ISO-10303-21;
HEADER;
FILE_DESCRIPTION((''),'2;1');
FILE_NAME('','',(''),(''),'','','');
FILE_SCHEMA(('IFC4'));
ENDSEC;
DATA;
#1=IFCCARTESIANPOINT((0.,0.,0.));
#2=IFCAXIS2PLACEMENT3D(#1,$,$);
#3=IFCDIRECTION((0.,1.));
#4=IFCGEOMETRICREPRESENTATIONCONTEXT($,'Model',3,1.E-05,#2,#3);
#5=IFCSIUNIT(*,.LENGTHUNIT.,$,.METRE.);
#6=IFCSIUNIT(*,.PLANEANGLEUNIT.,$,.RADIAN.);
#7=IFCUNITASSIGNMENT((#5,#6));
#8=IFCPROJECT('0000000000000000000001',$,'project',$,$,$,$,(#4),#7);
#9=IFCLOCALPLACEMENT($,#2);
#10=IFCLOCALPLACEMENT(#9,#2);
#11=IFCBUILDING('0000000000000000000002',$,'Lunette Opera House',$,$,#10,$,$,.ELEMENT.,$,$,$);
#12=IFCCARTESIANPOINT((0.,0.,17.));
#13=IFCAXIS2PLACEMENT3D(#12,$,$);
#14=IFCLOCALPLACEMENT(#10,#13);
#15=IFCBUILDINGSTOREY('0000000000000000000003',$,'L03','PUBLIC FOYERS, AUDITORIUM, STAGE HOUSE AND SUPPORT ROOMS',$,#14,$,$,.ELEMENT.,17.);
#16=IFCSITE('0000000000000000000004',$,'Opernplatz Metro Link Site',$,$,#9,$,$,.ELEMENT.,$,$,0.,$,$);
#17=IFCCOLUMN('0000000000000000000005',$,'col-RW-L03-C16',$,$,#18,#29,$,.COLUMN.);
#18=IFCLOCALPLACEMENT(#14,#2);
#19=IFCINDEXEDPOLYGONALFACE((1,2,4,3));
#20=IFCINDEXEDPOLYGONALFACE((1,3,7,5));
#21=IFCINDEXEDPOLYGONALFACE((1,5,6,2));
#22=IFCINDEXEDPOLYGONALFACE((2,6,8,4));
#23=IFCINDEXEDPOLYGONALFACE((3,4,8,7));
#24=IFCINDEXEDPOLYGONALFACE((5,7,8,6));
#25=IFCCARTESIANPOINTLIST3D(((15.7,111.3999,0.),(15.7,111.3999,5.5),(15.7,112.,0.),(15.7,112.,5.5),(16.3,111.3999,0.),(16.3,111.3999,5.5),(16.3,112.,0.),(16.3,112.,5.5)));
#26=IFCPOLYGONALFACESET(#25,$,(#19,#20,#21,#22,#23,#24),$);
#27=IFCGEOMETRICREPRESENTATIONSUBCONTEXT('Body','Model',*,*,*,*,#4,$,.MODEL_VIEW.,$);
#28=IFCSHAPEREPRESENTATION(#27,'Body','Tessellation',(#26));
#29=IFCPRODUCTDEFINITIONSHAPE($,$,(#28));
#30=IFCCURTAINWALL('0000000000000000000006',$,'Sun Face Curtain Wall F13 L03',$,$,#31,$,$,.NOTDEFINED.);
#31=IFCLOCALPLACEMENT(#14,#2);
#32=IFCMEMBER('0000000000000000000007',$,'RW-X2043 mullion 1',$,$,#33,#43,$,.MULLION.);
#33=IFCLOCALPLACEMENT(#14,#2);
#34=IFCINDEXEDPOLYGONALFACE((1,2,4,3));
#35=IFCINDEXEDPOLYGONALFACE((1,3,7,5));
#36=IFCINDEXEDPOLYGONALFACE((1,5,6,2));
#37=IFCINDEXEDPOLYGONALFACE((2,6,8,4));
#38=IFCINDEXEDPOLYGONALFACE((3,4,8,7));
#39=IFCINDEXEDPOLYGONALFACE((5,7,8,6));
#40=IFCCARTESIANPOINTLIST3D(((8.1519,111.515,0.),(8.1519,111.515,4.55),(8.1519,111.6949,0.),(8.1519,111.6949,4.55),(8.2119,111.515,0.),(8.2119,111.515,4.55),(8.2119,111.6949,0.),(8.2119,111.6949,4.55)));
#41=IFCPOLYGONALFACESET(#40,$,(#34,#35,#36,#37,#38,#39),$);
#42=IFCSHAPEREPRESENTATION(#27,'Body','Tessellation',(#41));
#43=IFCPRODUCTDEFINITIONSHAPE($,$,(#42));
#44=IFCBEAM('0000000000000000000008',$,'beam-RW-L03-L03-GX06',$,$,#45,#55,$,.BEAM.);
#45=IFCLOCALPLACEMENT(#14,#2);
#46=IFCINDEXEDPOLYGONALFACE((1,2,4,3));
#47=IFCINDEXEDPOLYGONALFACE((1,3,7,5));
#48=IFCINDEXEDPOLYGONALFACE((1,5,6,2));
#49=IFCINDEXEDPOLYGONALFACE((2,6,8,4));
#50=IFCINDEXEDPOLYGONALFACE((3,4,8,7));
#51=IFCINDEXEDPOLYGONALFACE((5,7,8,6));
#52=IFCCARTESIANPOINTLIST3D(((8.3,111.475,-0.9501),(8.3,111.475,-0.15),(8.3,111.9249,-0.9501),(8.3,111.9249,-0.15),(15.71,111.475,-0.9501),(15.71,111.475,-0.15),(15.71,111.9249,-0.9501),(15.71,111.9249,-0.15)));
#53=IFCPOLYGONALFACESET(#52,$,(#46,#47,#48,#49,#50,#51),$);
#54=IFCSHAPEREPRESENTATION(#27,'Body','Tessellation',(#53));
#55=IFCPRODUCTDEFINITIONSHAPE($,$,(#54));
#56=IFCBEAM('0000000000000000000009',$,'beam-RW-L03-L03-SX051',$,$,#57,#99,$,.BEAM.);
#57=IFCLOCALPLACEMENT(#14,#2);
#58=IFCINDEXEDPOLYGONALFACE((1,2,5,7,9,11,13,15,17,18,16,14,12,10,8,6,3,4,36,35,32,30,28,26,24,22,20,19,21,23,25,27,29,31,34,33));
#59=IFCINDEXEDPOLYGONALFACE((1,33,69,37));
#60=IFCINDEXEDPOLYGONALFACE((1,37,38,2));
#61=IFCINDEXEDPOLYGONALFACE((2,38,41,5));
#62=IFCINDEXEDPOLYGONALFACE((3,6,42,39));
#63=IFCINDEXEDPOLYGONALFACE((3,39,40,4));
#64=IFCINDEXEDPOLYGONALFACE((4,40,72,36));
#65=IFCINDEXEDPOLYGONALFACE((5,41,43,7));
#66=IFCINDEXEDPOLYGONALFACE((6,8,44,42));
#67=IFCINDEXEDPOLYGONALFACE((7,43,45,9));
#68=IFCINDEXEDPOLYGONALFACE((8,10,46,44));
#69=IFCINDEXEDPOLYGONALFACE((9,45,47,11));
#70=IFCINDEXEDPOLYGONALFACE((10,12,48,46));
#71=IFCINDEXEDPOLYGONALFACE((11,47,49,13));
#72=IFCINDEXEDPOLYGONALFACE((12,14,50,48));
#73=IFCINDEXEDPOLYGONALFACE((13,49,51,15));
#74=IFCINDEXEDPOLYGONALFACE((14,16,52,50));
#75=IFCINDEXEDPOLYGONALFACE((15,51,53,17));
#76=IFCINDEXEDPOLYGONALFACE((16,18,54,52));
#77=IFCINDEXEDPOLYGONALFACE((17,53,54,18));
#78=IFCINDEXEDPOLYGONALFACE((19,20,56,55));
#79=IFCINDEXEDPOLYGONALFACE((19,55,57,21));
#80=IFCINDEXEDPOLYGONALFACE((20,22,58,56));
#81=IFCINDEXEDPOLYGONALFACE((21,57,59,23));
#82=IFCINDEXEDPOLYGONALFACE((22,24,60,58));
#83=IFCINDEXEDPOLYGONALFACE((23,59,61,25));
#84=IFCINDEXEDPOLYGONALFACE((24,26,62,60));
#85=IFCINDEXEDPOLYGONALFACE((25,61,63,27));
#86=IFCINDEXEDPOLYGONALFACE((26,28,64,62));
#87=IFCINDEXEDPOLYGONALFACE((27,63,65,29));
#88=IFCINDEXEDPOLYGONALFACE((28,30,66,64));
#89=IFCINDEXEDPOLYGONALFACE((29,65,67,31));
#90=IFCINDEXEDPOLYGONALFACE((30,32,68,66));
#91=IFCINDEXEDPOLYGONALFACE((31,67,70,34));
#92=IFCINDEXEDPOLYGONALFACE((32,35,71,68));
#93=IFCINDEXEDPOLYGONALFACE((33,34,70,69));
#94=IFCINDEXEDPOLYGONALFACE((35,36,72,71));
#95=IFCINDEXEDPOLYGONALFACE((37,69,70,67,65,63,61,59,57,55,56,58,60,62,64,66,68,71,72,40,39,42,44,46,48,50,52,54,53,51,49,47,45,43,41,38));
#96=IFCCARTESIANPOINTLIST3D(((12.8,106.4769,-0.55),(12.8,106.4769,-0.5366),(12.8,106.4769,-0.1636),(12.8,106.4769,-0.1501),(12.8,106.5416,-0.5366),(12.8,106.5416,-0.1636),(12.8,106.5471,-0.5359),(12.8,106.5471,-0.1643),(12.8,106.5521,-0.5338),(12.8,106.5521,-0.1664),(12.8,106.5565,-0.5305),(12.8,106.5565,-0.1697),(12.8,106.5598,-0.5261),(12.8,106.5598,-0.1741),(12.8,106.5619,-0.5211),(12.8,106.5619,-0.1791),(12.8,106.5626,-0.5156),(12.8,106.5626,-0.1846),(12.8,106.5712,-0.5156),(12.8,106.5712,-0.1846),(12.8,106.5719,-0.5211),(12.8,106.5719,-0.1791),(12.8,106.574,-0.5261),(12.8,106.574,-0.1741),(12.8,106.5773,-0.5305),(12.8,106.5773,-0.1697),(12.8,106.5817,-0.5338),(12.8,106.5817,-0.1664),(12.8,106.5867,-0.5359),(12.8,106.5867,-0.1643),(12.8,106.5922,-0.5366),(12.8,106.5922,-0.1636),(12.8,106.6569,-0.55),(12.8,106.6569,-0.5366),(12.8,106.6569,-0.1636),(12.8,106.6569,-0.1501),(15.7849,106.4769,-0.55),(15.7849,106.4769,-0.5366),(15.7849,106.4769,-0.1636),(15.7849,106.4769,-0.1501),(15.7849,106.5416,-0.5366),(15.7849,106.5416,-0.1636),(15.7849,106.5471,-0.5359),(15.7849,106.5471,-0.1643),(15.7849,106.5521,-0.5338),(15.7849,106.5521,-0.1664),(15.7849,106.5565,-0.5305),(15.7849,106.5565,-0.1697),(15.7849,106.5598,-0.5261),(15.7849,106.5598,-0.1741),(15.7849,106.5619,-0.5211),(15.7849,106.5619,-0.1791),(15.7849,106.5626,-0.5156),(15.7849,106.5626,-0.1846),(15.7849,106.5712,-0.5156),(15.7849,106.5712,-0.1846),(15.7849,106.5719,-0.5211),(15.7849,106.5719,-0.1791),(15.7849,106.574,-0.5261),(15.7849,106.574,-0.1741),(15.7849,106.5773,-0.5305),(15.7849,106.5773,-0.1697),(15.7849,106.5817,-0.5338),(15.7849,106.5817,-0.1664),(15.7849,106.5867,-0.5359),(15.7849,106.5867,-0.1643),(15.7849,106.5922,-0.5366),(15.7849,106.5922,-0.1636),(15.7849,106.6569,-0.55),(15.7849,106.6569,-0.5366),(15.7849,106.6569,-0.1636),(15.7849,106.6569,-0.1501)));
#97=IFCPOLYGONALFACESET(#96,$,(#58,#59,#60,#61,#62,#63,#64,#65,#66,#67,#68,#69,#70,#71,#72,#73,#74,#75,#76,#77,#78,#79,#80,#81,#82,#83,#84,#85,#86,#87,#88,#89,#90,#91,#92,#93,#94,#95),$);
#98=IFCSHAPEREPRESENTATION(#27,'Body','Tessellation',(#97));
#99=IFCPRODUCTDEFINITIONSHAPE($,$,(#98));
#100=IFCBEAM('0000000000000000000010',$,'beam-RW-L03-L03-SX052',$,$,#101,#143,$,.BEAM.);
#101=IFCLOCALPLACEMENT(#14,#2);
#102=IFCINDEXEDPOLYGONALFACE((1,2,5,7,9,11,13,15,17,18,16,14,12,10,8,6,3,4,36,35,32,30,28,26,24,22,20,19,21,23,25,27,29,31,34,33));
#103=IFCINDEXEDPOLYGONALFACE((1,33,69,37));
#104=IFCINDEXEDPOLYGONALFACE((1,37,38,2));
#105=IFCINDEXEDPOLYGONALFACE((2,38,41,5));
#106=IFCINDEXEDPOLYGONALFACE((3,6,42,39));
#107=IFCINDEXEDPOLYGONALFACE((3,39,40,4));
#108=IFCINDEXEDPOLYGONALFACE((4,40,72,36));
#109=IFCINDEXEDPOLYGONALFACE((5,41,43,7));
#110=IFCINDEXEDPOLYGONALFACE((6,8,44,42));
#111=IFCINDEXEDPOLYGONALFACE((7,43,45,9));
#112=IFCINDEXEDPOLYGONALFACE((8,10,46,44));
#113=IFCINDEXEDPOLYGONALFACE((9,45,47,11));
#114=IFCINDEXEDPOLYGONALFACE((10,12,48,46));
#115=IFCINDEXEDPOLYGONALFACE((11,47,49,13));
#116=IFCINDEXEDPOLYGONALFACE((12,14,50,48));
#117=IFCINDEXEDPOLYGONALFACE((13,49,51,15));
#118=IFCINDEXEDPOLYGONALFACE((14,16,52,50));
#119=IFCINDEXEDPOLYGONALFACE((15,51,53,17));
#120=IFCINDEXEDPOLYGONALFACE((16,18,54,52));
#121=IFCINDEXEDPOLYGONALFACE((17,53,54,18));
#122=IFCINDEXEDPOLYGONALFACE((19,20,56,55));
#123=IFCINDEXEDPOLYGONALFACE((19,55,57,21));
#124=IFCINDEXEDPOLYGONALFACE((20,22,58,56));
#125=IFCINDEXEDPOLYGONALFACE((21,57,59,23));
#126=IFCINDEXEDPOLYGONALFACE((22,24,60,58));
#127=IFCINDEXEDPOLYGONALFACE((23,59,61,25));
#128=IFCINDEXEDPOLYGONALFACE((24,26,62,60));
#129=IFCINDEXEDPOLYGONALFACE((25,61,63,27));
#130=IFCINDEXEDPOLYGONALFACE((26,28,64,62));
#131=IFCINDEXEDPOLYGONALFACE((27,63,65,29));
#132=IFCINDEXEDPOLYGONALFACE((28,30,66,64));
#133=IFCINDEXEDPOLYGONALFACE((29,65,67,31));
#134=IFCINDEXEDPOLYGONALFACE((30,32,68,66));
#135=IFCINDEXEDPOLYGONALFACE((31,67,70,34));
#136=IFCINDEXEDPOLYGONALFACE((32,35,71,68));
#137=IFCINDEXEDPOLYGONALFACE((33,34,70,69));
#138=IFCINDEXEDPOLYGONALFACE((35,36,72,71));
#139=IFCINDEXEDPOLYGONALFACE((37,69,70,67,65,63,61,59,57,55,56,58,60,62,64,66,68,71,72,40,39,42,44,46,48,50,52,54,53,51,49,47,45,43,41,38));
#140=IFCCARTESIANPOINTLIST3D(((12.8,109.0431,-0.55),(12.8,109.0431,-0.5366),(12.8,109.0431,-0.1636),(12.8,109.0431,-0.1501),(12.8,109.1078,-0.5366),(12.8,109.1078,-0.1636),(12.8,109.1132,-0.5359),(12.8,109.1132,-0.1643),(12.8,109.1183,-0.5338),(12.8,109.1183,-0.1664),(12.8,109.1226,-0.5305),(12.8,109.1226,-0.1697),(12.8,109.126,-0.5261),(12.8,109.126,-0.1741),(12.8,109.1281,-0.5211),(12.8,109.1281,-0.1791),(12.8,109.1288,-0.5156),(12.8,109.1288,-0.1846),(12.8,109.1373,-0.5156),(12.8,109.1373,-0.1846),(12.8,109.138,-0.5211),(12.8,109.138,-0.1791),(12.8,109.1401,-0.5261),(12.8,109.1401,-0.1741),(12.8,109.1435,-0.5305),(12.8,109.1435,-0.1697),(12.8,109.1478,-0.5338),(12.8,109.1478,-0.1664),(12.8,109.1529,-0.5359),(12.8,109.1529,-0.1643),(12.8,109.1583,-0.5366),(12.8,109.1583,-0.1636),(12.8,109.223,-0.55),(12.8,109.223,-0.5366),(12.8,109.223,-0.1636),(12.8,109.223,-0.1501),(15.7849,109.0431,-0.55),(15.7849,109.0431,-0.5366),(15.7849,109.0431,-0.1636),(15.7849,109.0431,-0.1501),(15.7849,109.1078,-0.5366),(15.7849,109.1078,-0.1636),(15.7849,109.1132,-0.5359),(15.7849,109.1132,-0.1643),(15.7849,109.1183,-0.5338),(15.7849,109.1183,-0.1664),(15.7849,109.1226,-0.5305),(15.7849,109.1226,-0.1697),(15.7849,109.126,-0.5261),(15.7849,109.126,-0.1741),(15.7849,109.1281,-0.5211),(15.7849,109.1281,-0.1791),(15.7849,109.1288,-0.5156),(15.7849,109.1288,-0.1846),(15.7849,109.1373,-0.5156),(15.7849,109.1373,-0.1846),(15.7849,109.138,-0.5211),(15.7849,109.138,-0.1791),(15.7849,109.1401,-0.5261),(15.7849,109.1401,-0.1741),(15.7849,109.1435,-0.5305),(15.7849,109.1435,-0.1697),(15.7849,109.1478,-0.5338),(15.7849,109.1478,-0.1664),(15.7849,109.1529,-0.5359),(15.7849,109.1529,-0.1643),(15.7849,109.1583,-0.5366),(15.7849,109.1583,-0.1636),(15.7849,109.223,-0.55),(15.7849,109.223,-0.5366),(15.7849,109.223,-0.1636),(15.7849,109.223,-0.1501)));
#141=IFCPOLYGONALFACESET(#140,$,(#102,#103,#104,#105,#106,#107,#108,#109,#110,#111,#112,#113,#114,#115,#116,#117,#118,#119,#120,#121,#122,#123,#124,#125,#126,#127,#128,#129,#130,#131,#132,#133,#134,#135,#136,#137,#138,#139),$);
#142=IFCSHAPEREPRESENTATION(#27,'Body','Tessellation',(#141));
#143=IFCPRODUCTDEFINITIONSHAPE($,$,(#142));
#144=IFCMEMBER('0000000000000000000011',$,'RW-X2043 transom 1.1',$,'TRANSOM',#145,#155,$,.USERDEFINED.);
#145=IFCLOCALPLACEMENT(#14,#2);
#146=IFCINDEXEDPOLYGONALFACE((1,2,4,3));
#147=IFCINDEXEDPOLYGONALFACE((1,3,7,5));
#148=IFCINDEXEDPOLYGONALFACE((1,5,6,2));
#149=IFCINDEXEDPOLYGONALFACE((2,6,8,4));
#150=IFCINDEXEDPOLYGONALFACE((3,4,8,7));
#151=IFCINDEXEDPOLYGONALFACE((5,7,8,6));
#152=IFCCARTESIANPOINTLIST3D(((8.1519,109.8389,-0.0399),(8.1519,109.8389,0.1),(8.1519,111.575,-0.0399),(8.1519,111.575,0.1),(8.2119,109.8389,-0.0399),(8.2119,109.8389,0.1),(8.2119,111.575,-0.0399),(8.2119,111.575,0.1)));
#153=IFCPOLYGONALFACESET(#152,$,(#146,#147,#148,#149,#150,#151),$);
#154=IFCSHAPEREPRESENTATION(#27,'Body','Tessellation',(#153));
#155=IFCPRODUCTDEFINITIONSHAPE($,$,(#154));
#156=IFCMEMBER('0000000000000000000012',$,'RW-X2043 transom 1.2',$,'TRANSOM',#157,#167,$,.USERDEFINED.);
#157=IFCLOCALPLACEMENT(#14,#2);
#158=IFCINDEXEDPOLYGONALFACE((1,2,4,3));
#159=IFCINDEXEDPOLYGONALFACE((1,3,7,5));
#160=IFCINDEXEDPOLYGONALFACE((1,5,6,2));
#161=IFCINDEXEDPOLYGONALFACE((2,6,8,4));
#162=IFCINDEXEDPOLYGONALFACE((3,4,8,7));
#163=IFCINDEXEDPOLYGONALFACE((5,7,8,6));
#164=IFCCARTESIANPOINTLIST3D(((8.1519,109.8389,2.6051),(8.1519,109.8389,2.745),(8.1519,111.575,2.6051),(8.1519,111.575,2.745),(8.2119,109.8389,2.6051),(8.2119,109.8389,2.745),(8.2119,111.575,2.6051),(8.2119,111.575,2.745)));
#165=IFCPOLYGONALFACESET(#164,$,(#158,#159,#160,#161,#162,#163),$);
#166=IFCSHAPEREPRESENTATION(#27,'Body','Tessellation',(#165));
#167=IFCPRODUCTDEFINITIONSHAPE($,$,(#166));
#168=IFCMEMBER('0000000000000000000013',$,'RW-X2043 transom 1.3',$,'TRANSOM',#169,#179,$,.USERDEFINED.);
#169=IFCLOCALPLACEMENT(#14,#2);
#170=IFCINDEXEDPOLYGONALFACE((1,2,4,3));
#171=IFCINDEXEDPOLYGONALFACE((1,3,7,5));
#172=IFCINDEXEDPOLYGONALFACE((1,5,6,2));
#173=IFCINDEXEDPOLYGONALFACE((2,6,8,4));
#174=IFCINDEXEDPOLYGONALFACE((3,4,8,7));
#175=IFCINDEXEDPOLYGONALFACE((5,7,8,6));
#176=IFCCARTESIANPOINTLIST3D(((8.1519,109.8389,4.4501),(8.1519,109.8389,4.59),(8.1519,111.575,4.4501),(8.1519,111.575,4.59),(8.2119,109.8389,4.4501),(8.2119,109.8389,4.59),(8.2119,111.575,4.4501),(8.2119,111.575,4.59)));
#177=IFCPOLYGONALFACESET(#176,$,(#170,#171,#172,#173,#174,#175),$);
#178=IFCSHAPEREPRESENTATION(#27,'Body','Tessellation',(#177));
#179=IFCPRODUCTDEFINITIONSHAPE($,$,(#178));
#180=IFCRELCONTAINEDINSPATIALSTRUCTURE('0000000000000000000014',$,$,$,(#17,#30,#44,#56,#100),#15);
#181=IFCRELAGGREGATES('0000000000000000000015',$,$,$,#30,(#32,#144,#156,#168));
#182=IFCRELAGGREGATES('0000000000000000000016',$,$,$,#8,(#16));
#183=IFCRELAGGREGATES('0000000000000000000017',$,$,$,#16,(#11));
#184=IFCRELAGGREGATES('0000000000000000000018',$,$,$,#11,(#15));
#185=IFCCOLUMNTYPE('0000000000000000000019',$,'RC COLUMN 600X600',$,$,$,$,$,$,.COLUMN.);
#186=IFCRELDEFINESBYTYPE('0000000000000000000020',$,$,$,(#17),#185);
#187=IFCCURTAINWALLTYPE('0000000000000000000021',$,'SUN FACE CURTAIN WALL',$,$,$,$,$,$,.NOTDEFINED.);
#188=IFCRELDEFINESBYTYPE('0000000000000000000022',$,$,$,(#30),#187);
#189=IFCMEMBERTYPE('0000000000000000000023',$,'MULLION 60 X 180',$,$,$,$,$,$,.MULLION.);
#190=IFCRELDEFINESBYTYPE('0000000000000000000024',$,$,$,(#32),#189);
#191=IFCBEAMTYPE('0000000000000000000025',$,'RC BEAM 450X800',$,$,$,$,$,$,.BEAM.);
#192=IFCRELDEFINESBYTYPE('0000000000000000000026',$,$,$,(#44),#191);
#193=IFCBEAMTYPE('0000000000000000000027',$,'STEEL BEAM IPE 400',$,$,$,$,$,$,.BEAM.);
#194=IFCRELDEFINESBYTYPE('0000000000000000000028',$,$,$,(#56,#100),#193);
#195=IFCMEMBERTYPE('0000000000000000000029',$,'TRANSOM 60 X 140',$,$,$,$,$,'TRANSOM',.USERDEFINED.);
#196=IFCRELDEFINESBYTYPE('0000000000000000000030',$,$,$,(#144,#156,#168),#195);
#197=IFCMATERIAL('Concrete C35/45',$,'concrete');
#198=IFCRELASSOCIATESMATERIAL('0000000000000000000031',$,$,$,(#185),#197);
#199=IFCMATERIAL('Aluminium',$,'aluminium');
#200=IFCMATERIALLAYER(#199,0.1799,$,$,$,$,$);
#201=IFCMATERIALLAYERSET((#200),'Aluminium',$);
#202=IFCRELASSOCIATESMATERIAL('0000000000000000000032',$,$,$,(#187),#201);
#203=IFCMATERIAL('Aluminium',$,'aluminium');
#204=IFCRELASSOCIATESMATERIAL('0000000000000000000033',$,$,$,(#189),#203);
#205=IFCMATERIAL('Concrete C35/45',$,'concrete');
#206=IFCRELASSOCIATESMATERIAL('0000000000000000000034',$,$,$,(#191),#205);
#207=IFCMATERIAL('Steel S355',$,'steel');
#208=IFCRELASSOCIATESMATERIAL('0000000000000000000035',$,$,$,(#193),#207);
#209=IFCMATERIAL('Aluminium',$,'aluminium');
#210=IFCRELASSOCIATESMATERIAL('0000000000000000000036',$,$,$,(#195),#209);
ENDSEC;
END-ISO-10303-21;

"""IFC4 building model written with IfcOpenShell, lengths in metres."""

from ifc_helpers import new_model, si_unit, direction, frame, origin, origin_2d, place, context, subcontext, project, spatial, rectangle, i_section, extrude, material, layer, layer_set, material_profile, profile_set, type_object, element, aggregate, save


model = new_model("IFC4")

# Units and contexts
model_context = context("Model", 3, precision=1e-05, world=origin(), true_north=direction((0.0, 1.0)))
body_context = subcontext(model_context, "Body", "Model", "MODEL_VIEW")
ifc_project = project(units=[si_unit("LENGTHUNIT", "METRE"), si_unit("PLANEANGLEUNIT", "RADIAN")], contexts=[model_context])

# Site, building, storey
site_placement = place(None, origin())
site = spatial("IfcSite", under=ifc_project, at=site_placement, Name="Opernplatz Metro Link Site", CompositionType="ELEMENT", RefElevation=0.0)
building_placement = place(site_placement, origin())
building = spatial("IfcBuilding", under=site, at=building_placement, Name="Lunette Opera House", CompositionType="ELEMENT")
storey_placement = place(building_placement, frame((0.0, 0.0, 17.0)))
storey = spatial("IfcBuildingStorey", under=building, at=storey_placement, Name="L03", Description="PUBLIC FOYERS, AUDITORIUM, STAGE HOUSE AND SUPPORT ROOMS", CompositionType="ELEMENT", Elevation=17.0)

# Column
ifc_material_1 = material(Name="Concrete C35/45", Category="concrete")
ifc_material_profile_1 = material_profile(ifc_material_1, rectangle(XDim=0.6001, YDim=0.6001, at=origin_2d()), Name="RC COLUMN 600X600")
ifc_profile_set_1 = profile_set([ifc_material_profile_1], Name="Concrete C35/45")
column_type = type_object("IfcColumnType", Name="RC COLUMN 600X600", PredefinedType="COLUMN", material=ifc_profile_set_1)
column_placement = place(storey_placement, frame((16.0, 111.7, 0.0), z_axis=(0.0, 0.0, 1.0), x_axis=(1.0, 0.0, 0.0)))
element("IfcColumn", 1, at=column_placement, inside=storey, type_object=column_type, Name="col-RW-L03-C16", PredefinedType="COLUMN", context=body_context, shape_type="SweptSolid", body=[
    extrude(rectangle(XDim=0.6001, YDim=0.6001, at=origin_2d()), origin(), (0.0, 0.0, 1.0), 5.5),
])

# Curtain wall, member
ifc_material_2 = material(Name="Aluminium", Category="aluminium")
ifc_layer_1 = layer(ifc_material_2, 0.1799)
ifc_layer_set_1 = layer_set([ifc_layer_1], Name="Aluminium")
curtain_wall_type = type_object("IfcCurtainWallType", Name="SUN FACE CURTAIN WALL", PredefinedType="NOTDEFINED", material=ifc_layer_set_1)
curtain_wall_placement = place(storey_placement, origin())
curtain_wall = element("IfcCurtainWall", 2, at=curtain_wall_placement, inside=storey, type_object=curtain_wall_type, Name="Sun Face Curtain Wall F13 L03", PredefinedType="NOTDEFINED")
ifc_material_3 = material(Name="Aluminium", Category="aluminium")
ifc_material_profile_2 = material_profile(ifc_material_3, rectangle(XDim=0.0601, YDim=0.1799, at=origin_2d()), Name="MULLION 60 X 180")
ifc_profile_set_2 = profile_set([ifc_material_profile_2], Name="Aluminium")
member_type_1 = type_object("IfcMemberType", Name="MULLION 60 X 180", PredefinedType="MULLION", material=ifc_profile_set_2)
member_1_placement = place(storey_placement, frame((8.1819, 111.605, 0.0), z_axis=(0.0, 0.0, 1.0), x_axis=(1.0, 0.0, 0.0)))
member_1 = element("IfcMember", 3, at=member_1_placement, type_object=member_type_1, Name="RW-X2043 mullion 1", PredefinedType="MULLION", context=body_context, shape_type="SweptSolid", body=[
    extrude(rectangle(XDim=0.0601, YDim=0.1799, at=origin_2d()), origin(), (0.0, 0.0, 1.0), 4.55),
])

# Beams
ifc_material_4 = material(Name="Concrete C35/45", Category="concrete")
ifc_material_profile_3 = material_profile(ifc_material_4, rectangle(XDim=0.45, YDim=0.8, at=origin_2d()), Name="RC BEAM 450X800")
ifc_profile_set_3 = profile_set([ifc_material_profile_3], Name="Concrete C35/45")
beam_type_1 = type_object("IfcBeamType", Name="RC BEAM 450X800", PredefinedType="BEAM", material=ifc_profile_set_3)
beam_placement = place(storey_placement, frame((8.3, 111.7, -0.55), z_axis=(1.0, 0.0, 0.0), x_axis=(0.0, 1.0, 0.0)))
element("IfcBeam", 4, at=beam_placement, inside=storey, type_object=beam_type_1, Name="beam-RW-L03-L03-GX06", PredefinedType="BEAM", context=body_context, shape_type="SweptSolid", body=[
    extrude(rectangle(XDim=0.45, YDim=0.8, at=origin_2d()), origin(), (0.0, 0.0, 1.0), 7.4099),
])
ifc_material_5 = material(Name="Steel S355", Category="steel")
ifc_material_profile_4 = material_profile(ifc_material_5, i_section(OverallWidth=0.1799, OverallDepth=0.3999, WebThickness=0.0085, FlangeThickness=0.0134, FilletRadius=0.021, at=origin_2d()), Name="IPE 400")
ifc_profile_set_4 = profile_set([ifc_material_profile_4], Name="Steel S355")
beam_type_2 = type_object("IfcBeamType", Name="STEEL BEAM IPE 400", PredefinedType="BEAM", material=ifc_profile_set_4)
for number, where, z_axis, x_axis, name in (
    (5, (12.8, 106.5669, -0.3501), (1.0, 0.0, 0.0), (0.0, 1.0, 0.0), "beam-RW-L03-L03-SX051"),
    (6, (12.8, 109.1331, -0.3501), (1.0, 0.0, 0.0), (0.0, 1.0, 0.0), "beam-RW-L03-L03-SX052"),
):
    element("IfcBeam", number, at=place(storey_placement, frame(where, z_axis=z_axis, x_axis=x_axis)), inside=storey, type_object=beam_type_2, Name=name, PredefinedType="BEAM", context=body_context, shape_type="SweptSolid", body=[
        extrude(i_section(OverallWidth=0.1799, OverallDepth=0.3999, WebThickness=0.0085, FlangeThickness=0.0134, FilletRadius=0.021, at=origin_2d()), origin(), (0.0, 0.0, 1.0), 2.9849),
    ])

# Members
ifc_material_6 = material(Name="Aluminium", Category="aluminium")
ifc_material_profile_5 = material_profile(ifc_material_6, rectangle(XDim=0.0601, YDim=0.1399, at=origin_2d()), Name="TRANSOM 60 X 140")
ifc_profile_set_5 = profile_set([ifc_material_profile_5], Name="Aluminium")
member_type_2 = type_object("IfcMemberType", Name="TRANSOM 60 X 140", ElementType="TRANSOM", PredefinedType="USERDEFINED", material=ifc_profile_set_5)
member_2_placement = place(storey_placement, frame((8.1819, 111.575, 0.03), z_axis=(0.0, -1.0, 0.0), x_axis=(1.0, 0.0, 0.0)))
member_2 = element("IfcMember", 7, at=member_2_placement, type_object=member_type_2, Name="RW-X2043 transom 1.1", ObjectType="TRANSOM", PredefinedType="USERDEFINED", context=body_context, shape_type="SweptSolid", body=[
    extrude(rectangle(XDim=0.0601, YDim=0.1399, at=origin_2d()), origin(), (0.0, 0.0, 1.0), 1.7361),
])
member_3_placement = place(storey_placement, frame((8.1819, 111.575, 2.675), z_axis=(0.0, -1.0, 0.0), x_axis=(1.0, 0.0, 0.0)))
member_3 = element("IfcMember", 8, at=member_3_placement, type_object=member_type_2, Name="RW-X2043 transom 1.2", ObjectType="TRANSOM", PredefinedType="USERDEFINED", context=body_context, shape_type="SweptSolid", body=[
    extrude(rectangle(XDim=0.0601, YDim=0.1399, at=origin_2d()), origin(), (0.0, 0.0, 1.0), 1.7361),
])
member_4_placement = place(storey_placement, frame((8.1819, 111.575, 4.52), z_axis=(0.0, -1.0, 0.0), x_axis=(1.0, 0.0, 0.0)))
member_4 = element("IfcMember", 9, at=member_4_placement, type_object=member_type_2, Name="RW-X2043 transom 1.3", ObjectType="TRANSOM", PredefinedType="USERDEFINED", context=body_context, shape_type="SweptSolid", body=[
    extrude(rectangle(XDim=0.0601, YDim=0.1399, at=origin_2d()), origin(), (0.0, 0.0, 1.0), 1.7361),
])
aggregate(curtain_wall, [member_1, member_2, member_3, member_4])

save(model, "model.ifc")
